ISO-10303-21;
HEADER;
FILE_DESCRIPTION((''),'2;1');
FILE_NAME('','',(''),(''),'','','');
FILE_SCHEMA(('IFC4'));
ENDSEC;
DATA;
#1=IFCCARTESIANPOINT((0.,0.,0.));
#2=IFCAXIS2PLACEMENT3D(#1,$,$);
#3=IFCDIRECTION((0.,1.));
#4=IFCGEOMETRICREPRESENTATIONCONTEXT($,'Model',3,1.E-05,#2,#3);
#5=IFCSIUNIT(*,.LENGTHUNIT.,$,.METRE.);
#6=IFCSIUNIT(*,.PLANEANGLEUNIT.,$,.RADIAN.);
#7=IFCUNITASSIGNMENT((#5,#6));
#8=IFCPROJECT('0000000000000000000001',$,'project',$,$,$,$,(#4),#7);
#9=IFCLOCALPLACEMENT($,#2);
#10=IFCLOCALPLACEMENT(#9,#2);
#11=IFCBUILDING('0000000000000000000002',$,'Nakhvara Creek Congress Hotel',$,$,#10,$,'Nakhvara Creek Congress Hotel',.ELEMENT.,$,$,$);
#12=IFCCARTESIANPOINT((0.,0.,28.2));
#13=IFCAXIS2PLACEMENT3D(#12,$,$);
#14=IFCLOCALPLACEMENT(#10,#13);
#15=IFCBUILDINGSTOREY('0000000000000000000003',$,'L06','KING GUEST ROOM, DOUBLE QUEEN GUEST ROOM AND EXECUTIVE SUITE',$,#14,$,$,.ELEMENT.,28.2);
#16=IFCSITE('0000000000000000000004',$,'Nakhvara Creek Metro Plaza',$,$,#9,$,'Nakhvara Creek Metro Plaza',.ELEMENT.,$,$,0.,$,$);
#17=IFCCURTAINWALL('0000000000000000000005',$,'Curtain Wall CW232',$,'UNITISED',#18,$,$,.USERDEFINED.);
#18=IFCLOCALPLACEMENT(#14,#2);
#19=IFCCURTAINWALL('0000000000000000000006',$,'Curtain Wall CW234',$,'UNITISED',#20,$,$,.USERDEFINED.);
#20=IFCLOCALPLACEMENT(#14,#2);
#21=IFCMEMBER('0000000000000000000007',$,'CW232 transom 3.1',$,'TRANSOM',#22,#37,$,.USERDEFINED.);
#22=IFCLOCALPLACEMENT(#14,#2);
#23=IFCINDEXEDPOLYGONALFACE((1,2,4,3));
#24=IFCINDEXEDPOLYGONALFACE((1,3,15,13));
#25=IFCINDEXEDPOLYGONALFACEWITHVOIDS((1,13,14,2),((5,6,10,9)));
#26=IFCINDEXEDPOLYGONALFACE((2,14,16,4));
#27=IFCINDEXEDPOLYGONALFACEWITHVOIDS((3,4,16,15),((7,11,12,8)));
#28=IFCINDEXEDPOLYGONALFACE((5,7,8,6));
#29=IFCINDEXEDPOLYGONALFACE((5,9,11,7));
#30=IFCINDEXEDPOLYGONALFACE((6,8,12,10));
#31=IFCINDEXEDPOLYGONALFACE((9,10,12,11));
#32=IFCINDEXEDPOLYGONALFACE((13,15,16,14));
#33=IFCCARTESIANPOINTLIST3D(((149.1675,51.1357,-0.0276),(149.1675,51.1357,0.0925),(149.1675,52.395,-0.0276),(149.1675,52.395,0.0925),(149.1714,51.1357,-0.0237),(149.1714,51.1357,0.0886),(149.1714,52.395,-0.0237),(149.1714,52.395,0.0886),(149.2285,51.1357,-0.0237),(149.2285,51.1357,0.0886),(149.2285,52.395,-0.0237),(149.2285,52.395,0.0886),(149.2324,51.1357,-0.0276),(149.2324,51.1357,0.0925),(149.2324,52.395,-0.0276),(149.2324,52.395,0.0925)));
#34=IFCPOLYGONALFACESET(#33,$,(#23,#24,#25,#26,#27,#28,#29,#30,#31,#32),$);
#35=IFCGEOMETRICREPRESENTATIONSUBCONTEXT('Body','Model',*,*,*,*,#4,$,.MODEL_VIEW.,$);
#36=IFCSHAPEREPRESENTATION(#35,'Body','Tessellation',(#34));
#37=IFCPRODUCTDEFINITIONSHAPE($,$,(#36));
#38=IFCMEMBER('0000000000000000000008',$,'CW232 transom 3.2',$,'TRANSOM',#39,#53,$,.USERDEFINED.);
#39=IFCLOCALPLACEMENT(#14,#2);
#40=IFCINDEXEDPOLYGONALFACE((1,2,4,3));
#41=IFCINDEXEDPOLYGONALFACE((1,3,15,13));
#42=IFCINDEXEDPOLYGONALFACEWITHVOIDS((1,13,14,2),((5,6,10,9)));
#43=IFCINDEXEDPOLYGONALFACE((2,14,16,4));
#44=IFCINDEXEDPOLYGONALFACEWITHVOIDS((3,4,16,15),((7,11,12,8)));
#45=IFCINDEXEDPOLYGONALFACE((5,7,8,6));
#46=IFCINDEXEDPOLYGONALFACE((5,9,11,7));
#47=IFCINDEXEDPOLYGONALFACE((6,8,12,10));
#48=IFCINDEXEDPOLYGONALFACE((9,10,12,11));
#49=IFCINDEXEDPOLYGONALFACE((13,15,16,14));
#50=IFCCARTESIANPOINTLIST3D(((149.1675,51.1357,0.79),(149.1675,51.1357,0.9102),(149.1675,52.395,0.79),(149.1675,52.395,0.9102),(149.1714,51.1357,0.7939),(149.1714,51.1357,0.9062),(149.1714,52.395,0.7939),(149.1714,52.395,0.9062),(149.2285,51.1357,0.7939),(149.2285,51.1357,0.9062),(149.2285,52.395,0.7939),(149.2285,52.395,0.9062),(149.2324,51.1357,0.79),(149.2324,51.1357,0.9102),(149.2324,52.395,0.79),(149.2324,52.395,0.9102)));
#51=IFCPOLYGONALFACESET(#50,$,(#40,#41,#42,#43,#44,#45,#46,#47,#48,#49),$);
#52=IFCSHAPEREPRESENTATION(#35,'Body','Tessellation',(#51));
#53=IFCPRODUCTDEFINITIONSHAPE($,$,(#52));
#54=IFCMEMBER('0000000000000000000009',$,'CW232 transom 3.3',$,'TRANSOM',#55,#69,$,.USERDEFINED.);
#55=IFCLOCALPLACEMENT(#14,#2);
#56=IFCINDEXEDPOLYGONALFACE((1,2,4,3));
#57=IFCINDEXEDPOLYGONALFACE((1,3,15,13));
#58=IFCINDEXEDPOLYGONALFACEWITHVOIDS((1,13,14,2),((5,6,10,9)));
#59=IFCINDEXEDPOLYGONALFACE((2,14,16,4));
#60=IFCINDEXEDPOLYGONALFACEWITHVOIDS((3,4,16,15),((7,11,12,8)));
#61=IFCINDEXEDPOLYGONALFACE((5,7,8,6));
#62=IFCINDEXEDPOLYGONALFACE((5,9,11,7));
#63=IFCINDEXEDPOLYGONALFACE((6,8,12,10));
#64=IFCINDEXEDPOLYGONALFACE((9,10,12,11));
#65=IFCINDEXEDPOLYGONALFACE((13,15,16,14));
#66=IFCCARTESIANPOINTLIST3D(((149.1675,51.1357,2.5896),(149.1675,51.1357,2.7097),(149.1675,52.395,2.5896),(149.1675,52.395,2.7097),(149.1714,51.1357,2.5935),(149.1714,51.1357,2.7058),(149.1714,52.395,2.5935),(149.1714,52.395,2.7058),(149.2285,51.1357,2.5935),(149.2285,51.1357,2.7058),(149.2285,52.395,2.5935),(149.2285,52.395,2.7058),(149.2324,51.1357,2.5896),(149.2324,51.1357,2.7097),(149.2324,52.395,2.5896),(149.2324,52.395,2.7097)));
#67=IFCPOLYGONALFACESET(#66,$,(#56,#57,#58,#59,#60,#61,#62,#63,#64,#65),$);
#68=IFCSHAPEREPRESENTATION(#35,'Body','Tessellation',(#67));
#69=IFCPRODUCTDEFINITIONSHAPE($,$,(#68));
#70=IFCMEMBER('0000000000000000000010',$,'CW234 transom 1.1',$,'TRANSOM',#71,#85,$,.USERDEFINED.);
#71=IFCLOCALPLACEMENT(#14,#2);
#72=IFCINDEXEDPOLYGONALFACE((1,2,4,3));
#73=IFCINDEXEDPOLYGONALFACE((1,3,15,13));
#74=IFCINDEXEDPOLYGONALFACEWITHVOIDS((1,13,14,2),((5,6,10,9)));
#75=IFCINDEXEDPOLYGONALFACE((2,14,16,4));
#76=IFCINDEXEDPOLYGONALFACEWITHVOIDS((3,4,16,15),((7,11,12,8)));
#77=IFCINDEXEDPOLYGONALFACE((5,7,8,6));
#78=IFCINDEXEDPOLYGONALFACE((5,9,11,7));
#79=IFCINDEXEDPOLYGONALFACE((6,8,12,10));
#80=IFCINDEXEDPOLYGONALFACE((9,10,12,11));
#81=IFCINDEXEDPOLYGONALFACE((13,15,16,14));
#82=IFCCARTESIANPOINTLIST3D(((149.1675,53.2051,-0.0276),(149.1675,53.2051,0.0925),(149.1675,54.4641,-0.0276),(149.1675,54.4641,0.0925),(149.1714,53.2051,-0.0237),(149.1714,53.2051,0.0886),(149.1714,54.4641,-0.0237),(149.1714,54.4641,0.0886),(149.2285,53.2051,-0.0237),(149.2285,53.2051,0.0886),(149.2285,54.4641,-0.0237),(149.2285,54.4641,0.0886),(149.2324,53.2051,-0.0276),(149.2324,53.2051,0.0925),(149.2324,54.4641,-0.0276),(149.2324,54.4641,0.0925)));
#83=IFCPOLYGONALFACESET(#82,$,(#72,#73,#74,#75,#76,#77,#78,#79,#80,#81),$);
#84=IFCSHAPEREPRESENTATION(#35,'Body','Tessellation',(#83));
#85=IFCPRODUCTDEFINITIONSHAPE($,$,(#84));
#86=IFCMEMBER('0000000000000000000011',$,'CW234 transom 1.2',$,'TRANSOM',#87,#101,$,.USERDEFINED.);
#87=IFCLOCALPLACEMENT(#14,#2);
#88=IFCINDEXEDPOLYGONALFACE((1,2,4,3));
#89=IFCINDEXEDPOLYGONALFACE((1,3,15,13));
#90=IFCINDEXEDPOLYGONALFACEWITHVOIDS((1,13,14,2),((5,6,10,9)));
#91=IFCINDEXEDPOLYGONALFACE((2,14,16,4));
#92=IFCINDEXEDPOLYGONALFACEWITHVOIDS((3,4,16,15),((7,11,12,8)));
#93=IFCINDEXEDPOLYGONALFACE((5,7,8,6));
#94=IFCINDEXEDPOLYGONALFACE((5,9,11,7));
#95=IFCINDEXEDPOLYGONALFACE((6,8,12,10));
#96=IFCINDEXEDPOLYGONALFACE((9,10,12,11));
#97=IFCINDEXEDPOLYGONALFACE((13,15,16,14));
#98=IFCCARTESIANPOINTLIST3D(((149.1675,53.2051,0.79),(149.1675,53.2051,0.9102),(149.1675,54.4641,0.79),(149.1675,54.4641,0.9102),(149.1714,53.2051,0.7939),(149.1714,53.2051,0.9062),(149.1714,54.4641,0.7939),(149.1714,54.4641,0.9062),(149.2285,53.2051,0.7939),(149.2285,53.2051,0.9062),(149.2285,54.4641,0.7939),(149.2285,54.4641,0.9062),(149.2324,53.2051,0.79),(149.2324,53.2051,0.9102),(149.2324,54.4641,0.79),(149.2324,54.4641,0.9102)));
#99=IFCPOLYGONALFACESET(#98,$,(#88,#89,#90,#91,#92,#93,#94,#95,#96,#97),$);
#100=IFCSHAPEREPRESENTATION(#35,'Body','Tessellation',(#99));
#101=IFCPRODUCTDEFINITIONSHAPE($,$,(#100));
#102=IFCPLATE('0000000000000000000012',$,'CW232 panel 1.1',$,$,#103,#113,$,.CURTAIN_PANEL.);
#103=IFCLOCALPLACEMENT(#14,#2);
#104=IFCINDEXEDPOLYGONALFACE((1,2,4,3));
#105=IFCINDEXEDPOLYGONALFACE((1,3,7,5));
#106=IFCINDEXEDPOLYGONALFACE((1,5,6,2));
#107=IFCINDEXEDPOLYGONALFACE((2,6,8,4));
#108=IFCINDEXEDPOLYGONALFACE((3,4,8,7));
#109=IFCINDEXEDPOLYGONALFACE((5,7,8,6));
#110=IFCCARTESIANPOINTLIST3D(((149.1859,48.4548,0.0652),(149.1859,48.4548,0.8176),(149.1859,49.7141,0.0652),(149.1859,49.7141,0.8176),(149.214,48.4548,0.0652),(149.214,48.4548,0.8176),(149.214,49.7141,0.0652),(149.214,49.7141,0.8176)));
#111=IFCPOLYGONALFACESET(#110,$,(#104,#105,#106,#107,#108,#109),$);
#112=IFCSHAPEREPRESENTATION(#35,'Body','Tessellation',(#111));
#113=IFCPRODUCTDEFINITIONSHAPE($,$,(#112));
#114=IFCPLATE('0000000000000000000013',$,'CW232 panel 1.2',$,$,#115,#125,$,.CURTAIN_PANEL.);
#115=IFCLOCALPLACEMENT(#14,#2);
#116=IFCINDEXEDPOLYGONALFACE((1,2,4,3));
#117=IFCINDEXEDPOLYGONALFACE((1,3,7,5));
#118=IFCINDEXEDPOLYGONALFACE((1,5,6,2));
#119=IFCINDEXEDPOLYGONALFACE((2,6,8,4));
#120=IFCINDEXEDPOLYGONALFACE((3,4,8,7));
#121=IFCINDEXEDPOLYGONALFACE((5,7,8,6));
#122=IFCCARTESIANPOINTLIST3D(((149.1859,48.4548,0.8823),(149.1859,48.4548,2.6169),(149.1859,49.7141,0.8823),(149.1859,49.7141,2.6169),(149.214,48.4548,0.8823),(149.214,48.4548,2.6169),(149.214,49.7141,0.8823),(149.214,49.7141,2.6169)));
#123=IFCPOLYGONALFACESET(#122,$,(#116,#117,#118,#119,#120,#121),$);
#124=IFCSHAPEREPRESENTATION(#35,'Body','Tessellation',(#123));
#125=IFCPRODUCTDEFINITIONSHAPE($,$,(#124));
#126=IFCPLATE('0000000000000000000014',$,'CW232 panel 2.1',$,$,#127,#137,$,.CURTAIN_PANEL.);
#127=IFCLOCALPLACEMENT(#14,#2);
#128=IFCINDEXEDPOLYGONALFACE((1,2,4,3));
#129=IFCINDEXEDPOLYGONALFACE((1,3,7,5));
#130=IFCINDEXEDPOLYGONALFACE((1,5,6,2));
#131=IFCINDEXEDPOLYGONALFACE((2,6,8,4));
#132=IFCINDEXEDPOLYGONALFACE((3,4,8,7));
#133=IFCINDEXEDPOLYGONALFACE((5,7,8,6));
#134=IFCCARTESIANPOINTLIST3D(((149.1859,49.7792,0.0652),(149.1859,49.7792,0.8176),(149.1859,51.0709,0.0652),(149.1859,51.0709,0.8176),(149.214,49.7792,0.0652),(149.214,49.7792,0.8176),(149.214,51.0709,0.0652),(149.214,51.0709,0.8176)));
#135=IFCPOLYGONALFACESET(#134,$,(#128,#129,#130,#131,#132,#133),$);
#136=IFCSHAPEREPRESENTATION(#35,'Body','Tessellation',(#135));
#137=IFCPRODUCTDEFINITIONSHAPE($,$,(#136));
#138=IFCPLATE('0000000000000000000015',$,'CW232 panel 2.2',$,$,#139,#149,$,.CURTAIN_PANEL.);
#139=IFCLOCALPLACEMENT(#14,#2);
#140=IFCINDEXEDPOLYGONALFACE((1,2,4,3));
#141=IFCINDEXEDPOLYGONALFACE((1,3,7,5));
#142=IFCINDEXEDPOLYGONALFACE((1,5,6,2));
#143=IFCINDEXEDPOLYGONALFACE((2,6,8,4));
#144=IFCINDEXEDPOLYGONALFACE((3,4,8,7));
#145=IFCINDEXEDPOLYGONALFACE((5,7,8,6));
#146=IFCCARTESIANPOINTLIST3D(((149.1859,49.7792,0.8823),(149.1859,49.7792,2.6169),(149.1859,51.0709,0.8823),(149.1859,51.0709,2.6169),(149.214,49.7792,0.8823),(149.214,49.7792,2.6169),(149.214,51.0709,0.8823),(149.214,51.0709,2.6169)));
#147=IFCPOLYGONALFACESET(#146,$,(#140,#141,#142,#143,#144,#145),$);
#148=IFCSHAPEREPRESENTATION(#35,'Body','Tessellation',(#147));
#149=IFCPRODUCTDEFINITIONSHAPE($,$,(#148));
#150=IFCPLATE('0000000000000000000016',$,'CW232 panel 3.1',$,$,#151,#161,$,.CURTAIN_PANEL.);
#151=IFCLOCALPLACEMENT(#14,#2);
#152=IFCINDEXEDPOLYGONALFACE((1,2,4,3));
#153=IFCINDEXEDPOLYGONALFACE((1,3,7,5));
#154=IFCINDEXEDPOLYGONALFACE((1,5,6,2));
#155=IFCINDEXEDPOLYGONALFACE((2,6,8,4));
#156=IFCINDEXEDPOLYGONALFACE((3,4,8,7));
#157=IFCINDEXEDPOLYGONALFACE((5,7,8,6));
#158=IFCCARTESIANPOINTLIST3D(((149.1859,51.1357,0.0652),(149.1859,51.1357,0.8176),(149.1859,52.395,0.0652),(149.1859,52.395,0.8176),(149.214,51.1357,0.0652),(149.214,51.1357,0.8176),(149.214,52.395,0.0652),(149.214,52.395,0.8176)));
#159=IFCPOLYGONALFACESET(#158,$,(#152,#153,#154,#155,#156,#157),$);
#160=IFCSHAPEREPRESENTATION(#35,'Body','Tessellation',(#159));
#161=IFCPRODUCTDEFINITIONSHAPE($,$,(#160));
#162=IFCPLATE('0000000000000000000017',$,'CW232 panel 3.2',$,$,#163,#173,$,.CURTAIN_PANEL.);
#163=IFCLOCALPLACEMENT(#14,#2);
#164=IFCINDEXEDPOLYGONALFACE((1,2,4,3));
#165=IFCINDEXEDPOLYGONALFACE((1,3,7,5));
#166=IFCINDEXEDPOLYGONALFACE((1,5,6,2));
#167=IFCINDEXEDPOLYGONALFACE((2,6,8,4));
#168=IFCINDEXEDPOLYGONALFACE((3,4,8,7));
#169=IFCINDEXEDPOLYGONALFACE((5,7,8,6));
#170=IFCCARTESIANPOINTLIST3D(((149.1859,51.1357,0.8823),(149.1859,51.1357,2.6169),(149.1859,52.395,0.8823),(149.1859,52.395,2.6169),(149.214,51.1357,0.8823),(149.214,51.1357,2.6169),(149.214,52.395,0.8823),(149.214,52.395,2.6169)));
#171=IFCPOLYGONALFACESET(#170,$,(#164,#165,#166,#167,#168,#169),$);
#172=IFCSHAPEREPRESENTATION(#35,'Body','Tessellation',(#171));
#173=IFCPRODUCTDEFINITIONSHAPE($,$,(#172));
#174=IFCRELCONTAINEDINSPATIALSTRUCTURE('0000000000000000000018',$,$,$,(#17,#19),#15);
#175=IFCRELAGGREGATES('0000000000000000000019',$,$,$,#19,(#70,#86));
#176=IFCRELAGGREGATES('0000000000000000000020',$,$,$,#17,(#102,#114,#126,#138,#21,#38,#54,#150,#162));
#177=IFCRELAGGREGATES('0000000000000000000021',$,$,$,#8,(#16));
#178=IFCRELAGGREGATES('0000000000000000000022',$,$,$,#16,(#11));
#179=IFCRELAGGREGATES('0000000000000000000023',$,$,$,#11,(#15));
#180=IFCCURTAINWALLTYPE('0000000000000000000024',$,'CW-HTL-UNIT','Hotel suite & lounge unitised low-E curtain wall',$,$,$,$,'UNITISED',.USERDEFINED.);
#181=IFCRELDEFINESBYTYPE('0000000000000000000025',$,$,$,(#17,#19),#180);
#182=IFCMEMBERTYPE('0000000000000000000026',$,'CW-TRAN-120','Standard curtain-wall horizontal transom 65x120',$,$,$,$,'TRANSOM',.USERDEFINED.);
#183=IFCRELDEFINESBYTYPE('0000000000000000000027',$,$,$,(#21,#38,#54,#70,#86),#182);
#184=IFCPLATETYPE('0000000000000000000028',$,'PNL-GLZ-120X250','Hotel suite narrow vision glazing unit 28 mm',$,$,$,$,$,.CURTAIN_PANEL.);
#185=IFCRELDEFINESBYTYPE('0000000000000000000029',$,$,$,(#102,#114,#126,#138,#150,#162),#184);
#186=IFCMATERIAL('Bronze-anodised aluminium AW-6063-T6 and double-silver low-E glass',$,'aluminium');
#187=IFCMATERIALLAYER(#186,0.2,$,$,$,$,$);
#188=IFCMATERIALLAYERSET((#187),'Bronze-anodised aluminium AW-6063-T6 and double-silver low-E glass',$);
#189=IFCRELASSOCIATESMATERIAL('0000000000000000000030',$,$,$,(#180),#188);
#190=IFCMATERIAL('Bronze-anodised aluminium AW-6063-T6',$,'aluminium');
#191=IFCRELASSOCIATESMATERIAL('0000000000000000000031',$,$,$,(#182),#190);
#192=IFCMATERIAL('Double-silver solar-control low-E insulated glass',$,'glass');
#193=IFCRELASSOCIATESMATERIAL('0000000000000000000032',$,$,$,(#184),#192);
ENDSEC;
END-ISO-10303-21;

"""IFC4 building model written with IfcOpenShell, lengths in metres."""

from ifc_helpers import new_model, si_unit, direction, frame, origin, origin_2d, place, context, subcontext, project, spatial, rectangle, hollow_rectangle, extrude, material, layer, layer_set, material_profile, profile_set, type_object, element, aggregate, save


model = new_model("IFC4")

# Units and contexts
model_context = context("Model", 3, precision=1e-05, world=origin(), true_north=direction((0.0, 1.0)))
body_context = subcontext(model_context, "Body", "Model", "MODEL_VIEW")
ifc_project = project(units=[si_unit("LENGTHUNIT", "METRE"), si_unit("PLANEANGLEUNIT", "RADIAN")], contexts=[model_context])

# Site, building, storey
site_placement = place(None, origin())
site = spatial("IfcSite", under=ifc_project, at=site_placement, Name="Nakhvara Creek Metro Plaza", LongName="Nakhvara Creek Metro Plaza", CompositionType="ELEMENT", RefElevation=0.0)
building_placement = place(site_placement, origin())
building = spatial("IfcBuilding", under=site, at=building_placement, Name="Nakhvara Creek Congress Hotel", LongName="Nakhvara Creek Congress Hotel", CompositionType="ELEMENT")
storey_placement = place(building_placement, frame((0.0, 0.0, 28.2)))
storey = spatial("IfcBuildingStorey", under=building, at=storey_placement, Name="L06", Description="KING GUEST ROOM, DOUBLE QUEEN GUEST ROOM AND EXECUTIVE SUITE", CompositionType="ELEMENT", Elevation=28.2)

# Curtain wall
ifc_material_1 = material(Name="Bronze-anodised aluminium AW-6063-T6 and double-silver low-E glass", Category="aluminium")
ifc_layer = layer(ifc_material_1, 0.2)
ifc_layer_set = layer_set([ifc_layer], Name="Bronze-anodised aluminium AW-6063-T6 and double-silver low-E glass")
curtain_wall_type = type_object("IfcCurtainWallType", Name="CW-HTL-UNIT", Description="Hotel suite & lounge unitised low-E curtain wall", ElementType="UNITISED", PredefinedType="USERDEFINED", material=ifc_layer_set)
curtain_wall_1_placement = place(storey_placement, origin())
curtain_wall_1 = element("IfcCurtainWall", 1, at=curtain_wall_1_placement, inside=storey, type_object=curtain_wall_type, Name="Curtain Wall CW232", ObjectType="UNITISED", PredefinedType="USERDEFINED")
ifc_material_2 = material(Name="Bronze-anodised aluminium AW-6063-T6", Category="aluminium")

# Curtain wall
curtain_wall_2_placement = place(storey_placement, origin())
curtain_wall_2 = element("IfcCurtainWall", 2, at=curtain_wall_2_placement, inside=storey, type_object=curtain_wall_type, Name="Curtain Wall CW234", ObjectType="UNITISED", PredefinedType="USERDEFINED")

# Members
ifc_material_profile_1 = material_profile(ifc_material_2, hollow_rectangle(XDim=0.0649, YDim=0.1201, WallThickness=0.0039, at=origin_2d()), Name="ALU-TRAN 65x120x4", Category="LoadBearing")
ifc_profile_set_1 = profile_set([ifc_material_profile_1], Name="Bronze-anodised aluminium AW-6063-T6")
member_type_1 = type_object("IfcMemberType", Name="CW-TRAN-120", Description="Standard curtain-wall horizontal transom 65x120", ElementType="TRANSOM", PredefinedType="USERDEFINED", material=ifc_profile_set_1)
member_1_placement = place(storey_placement, frame((149.2, 51.1357, 0.0325), z_axis=(0.0, 1.0, 0.0), x_axis=(-1.0, 0.0, 0.0)))
member_1 = element("IfcMember", 3, at=member_1_placement, type_object=member_type_1, Name="CW232 transom 3.1", ObjectType="TRANSOM", PredefinedType="USERDEFINED", context=body_context, shape_type="SweptSolid", body=[
    extrude(hollow_rectangle(XDim=0.0649, YDim=0.1201, WallThickness=0.0039, at=origin_2d()), origin(), (0.0, 0.0, 1.0), 1.2593),
])
member_2_placement = place(storey_placement, frame((149.2, 51.1357, 0.8501), z_axis=(0.0, 1.0, 0.0), x_axis=(-1.0, 0.0, 0.0)))
member_2 = element("IfcMember", 4, at=member_2_placement, type_object=member_type_1, Name="CW232 transom 3.2", ObjectType="TRANSOM", PredefinedType="USERDEFINED", context=body_context, shape_type="SweptSolid", body=[
    extrude(hollow_rectangle(XDim=0.0649, YDim=0.1201, WallThickness=0.0039, at=origin_2d()), origin(), (0.0, 0.0, 1.0), 1.2593),
])
member_3_placement = place(storey_placement, frame((149.2, 51.1357, 2.6497), z_axis=(0.0, 1.0, 0.0), x_axis=(-1.0, 0.0, 0.0)))
member_3 = element("IfcMember", 5, at=member_3_placement, type_object=member_type_1, Name="CW232 transom 3.3", ObjectType="TRANSOM", PredefinedType="USERDEFINED", context=body_context, shape_type="SweptSolid", body=[
    extrude(hollow_rectangle(XDim=0.0649, YDim=0.1201, WallThickness=0.0039, at=origin_2d()), origin(), (0.0, 0.0, 1.0), 1.2593),
])
member_4_placement = place(storey_placement, frame((149.2, 53.2051, 0.0325), z_axis=(0.0, 1.0, 0.0), x_axis=(-1.0, 0.0, 0.0)))
member_4 = element("IfcMember", 6, at=member_4_placement, type_object=member_type_1, Name="CW234 transom 1.1", ObjectType="TRANSOM", PredefinedType="USERDEFINED", context=body_context, shape_type="SweptSolid", body=[
    extrude(hollow_rectangle(XDim=0.0649, YDim=0.1201, WallThickness=0.0039, at=origin_2d()), origin(), (0.0, 0.0, 1.0), 1.259),
])
member_5_placement = place(storey_placement, frame((149.2, 53.2051, 0.8501), z_axis=(0.0, 1.0, 0.0), x_axis=(-1.0, 0.0, 0.0)))
member_5 = element("IfcMember", 7, at=member_5_placement, type_object=member_type_1, Name="CW234 transom 1.2", ObjectType="TRANSOM", PredefinedType="USERDEFINED", context=body_context, shape_type="SweptSolid", body=[
    extrude(hollow_rectangle(XDim=0.0649, YDim=0.1201, WallThickness=0.0039, at=origin_2d()), origin(), (0.0, 0.0, 1.0), 1.259),
])
aggregate(curtain_wall_2, [member_4, member_5])

# Plates
ifc_material_3 = material(Name="Double-silver solar-control low-E insulated glass", Category="glass")
plate_type = type_object("IfcPlateType", Name="PNL-GLZ-120X250", Description="Hotel suite narrow vision glazing unit 28 mm", PredefinedType="CURTAIN_PANEL", material=ifc_material_3)
plate_1_placement = place(storey_placement, frame((149.2, 49.0845, 0.0652), z_axis=(0.0, 0.0, 1.0), x_axis=(0.0, 1.0, 0.0)))
plate_1 = element("IfcPlate", 8, at=plate_1_placement, type_object=plate_type, Name="CW232 panel 1.1", PredefinedType="CURTAIN_PANEL", context=body_context, shape_type="SweptSolid", body=[
    extrude(rectangle(XDim=1.2593, YDim=0.0281, at=origin_2d()), origin(), (0.0, 0.0, 1.0), 0.7524),
])
plate_2_placement = place(storey_placement, frame((149.2, 49.0845, 0.8823), z_axis=(0.0, 0.0, 1.0), x_axis=(0.0, 1.0, 0.0)))
plate_2 = element("IfcPlate", 9, at=plate_2_placement, type_object=plate_type, Name="CW232 panel 1.2", PredefinedType="CURTAIN_PANEL", context=body_context, shape_type="SweptSolid", body=[
    extrude(rectangle(XDim=1.2593, YDim=0.0281, at=origin_2d()), origin(), (0.0, 0.0, 1.0), 1.7346),
])
plate_3_placement = place(storey_placement, frame((149.2, 50.425, 0.0652), z_axis=(0.0, 0.0, 1.0), x_axis=(0.0, 1.0, 0.0)))
plate_3 = element("IfcPlate", 10, at=plate_3_placement, type_object=plate_type, Name="CW232 panel 2.1", PredefinedType="CURTAIN_PANEL", context=body_context, shape_type="SweptSolid", body=[
    extrude(rectangle(XDim=1.2917, YDim=0.0281, at=origin_2d()), origin(), (0.0, 0.0, 1.0), 0.7524),
])
plate_4_placement = place(storey_placement, frame((149.2, 50.425, 0.8823), z_axis=(0.0, 0.0, 1.0), x_axis=(0.0, 1.0, 0.0)))
plate_4 = element("IfcPlate", 11, at=plate_4_placement, type_object=plate_type, Name="CW232 panel 2.2", PredefinedType="CURTAIN_PANEL", context=body_context, shape_type="SweptSolid", body=[
    extrude(rectangle(XDim=1.2917, YDim=0.0281, at=origin_2d()), origin(), (0.0, 0.0, 1.0), 1.7346),
])
plate_5_placement = place(storey_placement, frame((149.2, 51.7654, 0.0652), z_axis=(0.0, 0.0, 1.0), x_axis=(0.0, 1.0, 0.0)))
plate_5 = element("IfcPlate", 12, at=plate_5_placement, type_object=plate_type, Name="CW232 panel 3.1", PredefinedType="CURTAIN_PANEL", context=body_context, shape_type="SweptSolid", body=[
    extrude(rectangle(XDim=1.2593, YDim=0.0281, at=origin_2d()), origin(), (0.0, 0.0, 1.0), 0.7524),
])
plate_6_placement = place(storey_placement, frame((149.2, 51.7654, 0.8823), z_axis=(0.0, 0.0, 1.0), x_axis=(0.0, 1.0, 0.0)))
plate_6 = element("IfcPlate", 13, at=plate_6_placement, type_object=plate_type, Name="CW232 panel 3.2", PredefinedType="CURTAIN_PANEL", context=body_context, shape_type="SweptSolid", body=[
    extrude(rectangle(XDim=1.2593, YDim=0.0281, at=origin_2d()), origin(), (0.0, 0.0, 1.0), 1.7346),
])
aggregate(curtain_wall_1, [plate_1, plate_2, plate_3, plate_4, member_1, member_2, member_3, plate_5, plate_6])

save(model, "model.ifc")
